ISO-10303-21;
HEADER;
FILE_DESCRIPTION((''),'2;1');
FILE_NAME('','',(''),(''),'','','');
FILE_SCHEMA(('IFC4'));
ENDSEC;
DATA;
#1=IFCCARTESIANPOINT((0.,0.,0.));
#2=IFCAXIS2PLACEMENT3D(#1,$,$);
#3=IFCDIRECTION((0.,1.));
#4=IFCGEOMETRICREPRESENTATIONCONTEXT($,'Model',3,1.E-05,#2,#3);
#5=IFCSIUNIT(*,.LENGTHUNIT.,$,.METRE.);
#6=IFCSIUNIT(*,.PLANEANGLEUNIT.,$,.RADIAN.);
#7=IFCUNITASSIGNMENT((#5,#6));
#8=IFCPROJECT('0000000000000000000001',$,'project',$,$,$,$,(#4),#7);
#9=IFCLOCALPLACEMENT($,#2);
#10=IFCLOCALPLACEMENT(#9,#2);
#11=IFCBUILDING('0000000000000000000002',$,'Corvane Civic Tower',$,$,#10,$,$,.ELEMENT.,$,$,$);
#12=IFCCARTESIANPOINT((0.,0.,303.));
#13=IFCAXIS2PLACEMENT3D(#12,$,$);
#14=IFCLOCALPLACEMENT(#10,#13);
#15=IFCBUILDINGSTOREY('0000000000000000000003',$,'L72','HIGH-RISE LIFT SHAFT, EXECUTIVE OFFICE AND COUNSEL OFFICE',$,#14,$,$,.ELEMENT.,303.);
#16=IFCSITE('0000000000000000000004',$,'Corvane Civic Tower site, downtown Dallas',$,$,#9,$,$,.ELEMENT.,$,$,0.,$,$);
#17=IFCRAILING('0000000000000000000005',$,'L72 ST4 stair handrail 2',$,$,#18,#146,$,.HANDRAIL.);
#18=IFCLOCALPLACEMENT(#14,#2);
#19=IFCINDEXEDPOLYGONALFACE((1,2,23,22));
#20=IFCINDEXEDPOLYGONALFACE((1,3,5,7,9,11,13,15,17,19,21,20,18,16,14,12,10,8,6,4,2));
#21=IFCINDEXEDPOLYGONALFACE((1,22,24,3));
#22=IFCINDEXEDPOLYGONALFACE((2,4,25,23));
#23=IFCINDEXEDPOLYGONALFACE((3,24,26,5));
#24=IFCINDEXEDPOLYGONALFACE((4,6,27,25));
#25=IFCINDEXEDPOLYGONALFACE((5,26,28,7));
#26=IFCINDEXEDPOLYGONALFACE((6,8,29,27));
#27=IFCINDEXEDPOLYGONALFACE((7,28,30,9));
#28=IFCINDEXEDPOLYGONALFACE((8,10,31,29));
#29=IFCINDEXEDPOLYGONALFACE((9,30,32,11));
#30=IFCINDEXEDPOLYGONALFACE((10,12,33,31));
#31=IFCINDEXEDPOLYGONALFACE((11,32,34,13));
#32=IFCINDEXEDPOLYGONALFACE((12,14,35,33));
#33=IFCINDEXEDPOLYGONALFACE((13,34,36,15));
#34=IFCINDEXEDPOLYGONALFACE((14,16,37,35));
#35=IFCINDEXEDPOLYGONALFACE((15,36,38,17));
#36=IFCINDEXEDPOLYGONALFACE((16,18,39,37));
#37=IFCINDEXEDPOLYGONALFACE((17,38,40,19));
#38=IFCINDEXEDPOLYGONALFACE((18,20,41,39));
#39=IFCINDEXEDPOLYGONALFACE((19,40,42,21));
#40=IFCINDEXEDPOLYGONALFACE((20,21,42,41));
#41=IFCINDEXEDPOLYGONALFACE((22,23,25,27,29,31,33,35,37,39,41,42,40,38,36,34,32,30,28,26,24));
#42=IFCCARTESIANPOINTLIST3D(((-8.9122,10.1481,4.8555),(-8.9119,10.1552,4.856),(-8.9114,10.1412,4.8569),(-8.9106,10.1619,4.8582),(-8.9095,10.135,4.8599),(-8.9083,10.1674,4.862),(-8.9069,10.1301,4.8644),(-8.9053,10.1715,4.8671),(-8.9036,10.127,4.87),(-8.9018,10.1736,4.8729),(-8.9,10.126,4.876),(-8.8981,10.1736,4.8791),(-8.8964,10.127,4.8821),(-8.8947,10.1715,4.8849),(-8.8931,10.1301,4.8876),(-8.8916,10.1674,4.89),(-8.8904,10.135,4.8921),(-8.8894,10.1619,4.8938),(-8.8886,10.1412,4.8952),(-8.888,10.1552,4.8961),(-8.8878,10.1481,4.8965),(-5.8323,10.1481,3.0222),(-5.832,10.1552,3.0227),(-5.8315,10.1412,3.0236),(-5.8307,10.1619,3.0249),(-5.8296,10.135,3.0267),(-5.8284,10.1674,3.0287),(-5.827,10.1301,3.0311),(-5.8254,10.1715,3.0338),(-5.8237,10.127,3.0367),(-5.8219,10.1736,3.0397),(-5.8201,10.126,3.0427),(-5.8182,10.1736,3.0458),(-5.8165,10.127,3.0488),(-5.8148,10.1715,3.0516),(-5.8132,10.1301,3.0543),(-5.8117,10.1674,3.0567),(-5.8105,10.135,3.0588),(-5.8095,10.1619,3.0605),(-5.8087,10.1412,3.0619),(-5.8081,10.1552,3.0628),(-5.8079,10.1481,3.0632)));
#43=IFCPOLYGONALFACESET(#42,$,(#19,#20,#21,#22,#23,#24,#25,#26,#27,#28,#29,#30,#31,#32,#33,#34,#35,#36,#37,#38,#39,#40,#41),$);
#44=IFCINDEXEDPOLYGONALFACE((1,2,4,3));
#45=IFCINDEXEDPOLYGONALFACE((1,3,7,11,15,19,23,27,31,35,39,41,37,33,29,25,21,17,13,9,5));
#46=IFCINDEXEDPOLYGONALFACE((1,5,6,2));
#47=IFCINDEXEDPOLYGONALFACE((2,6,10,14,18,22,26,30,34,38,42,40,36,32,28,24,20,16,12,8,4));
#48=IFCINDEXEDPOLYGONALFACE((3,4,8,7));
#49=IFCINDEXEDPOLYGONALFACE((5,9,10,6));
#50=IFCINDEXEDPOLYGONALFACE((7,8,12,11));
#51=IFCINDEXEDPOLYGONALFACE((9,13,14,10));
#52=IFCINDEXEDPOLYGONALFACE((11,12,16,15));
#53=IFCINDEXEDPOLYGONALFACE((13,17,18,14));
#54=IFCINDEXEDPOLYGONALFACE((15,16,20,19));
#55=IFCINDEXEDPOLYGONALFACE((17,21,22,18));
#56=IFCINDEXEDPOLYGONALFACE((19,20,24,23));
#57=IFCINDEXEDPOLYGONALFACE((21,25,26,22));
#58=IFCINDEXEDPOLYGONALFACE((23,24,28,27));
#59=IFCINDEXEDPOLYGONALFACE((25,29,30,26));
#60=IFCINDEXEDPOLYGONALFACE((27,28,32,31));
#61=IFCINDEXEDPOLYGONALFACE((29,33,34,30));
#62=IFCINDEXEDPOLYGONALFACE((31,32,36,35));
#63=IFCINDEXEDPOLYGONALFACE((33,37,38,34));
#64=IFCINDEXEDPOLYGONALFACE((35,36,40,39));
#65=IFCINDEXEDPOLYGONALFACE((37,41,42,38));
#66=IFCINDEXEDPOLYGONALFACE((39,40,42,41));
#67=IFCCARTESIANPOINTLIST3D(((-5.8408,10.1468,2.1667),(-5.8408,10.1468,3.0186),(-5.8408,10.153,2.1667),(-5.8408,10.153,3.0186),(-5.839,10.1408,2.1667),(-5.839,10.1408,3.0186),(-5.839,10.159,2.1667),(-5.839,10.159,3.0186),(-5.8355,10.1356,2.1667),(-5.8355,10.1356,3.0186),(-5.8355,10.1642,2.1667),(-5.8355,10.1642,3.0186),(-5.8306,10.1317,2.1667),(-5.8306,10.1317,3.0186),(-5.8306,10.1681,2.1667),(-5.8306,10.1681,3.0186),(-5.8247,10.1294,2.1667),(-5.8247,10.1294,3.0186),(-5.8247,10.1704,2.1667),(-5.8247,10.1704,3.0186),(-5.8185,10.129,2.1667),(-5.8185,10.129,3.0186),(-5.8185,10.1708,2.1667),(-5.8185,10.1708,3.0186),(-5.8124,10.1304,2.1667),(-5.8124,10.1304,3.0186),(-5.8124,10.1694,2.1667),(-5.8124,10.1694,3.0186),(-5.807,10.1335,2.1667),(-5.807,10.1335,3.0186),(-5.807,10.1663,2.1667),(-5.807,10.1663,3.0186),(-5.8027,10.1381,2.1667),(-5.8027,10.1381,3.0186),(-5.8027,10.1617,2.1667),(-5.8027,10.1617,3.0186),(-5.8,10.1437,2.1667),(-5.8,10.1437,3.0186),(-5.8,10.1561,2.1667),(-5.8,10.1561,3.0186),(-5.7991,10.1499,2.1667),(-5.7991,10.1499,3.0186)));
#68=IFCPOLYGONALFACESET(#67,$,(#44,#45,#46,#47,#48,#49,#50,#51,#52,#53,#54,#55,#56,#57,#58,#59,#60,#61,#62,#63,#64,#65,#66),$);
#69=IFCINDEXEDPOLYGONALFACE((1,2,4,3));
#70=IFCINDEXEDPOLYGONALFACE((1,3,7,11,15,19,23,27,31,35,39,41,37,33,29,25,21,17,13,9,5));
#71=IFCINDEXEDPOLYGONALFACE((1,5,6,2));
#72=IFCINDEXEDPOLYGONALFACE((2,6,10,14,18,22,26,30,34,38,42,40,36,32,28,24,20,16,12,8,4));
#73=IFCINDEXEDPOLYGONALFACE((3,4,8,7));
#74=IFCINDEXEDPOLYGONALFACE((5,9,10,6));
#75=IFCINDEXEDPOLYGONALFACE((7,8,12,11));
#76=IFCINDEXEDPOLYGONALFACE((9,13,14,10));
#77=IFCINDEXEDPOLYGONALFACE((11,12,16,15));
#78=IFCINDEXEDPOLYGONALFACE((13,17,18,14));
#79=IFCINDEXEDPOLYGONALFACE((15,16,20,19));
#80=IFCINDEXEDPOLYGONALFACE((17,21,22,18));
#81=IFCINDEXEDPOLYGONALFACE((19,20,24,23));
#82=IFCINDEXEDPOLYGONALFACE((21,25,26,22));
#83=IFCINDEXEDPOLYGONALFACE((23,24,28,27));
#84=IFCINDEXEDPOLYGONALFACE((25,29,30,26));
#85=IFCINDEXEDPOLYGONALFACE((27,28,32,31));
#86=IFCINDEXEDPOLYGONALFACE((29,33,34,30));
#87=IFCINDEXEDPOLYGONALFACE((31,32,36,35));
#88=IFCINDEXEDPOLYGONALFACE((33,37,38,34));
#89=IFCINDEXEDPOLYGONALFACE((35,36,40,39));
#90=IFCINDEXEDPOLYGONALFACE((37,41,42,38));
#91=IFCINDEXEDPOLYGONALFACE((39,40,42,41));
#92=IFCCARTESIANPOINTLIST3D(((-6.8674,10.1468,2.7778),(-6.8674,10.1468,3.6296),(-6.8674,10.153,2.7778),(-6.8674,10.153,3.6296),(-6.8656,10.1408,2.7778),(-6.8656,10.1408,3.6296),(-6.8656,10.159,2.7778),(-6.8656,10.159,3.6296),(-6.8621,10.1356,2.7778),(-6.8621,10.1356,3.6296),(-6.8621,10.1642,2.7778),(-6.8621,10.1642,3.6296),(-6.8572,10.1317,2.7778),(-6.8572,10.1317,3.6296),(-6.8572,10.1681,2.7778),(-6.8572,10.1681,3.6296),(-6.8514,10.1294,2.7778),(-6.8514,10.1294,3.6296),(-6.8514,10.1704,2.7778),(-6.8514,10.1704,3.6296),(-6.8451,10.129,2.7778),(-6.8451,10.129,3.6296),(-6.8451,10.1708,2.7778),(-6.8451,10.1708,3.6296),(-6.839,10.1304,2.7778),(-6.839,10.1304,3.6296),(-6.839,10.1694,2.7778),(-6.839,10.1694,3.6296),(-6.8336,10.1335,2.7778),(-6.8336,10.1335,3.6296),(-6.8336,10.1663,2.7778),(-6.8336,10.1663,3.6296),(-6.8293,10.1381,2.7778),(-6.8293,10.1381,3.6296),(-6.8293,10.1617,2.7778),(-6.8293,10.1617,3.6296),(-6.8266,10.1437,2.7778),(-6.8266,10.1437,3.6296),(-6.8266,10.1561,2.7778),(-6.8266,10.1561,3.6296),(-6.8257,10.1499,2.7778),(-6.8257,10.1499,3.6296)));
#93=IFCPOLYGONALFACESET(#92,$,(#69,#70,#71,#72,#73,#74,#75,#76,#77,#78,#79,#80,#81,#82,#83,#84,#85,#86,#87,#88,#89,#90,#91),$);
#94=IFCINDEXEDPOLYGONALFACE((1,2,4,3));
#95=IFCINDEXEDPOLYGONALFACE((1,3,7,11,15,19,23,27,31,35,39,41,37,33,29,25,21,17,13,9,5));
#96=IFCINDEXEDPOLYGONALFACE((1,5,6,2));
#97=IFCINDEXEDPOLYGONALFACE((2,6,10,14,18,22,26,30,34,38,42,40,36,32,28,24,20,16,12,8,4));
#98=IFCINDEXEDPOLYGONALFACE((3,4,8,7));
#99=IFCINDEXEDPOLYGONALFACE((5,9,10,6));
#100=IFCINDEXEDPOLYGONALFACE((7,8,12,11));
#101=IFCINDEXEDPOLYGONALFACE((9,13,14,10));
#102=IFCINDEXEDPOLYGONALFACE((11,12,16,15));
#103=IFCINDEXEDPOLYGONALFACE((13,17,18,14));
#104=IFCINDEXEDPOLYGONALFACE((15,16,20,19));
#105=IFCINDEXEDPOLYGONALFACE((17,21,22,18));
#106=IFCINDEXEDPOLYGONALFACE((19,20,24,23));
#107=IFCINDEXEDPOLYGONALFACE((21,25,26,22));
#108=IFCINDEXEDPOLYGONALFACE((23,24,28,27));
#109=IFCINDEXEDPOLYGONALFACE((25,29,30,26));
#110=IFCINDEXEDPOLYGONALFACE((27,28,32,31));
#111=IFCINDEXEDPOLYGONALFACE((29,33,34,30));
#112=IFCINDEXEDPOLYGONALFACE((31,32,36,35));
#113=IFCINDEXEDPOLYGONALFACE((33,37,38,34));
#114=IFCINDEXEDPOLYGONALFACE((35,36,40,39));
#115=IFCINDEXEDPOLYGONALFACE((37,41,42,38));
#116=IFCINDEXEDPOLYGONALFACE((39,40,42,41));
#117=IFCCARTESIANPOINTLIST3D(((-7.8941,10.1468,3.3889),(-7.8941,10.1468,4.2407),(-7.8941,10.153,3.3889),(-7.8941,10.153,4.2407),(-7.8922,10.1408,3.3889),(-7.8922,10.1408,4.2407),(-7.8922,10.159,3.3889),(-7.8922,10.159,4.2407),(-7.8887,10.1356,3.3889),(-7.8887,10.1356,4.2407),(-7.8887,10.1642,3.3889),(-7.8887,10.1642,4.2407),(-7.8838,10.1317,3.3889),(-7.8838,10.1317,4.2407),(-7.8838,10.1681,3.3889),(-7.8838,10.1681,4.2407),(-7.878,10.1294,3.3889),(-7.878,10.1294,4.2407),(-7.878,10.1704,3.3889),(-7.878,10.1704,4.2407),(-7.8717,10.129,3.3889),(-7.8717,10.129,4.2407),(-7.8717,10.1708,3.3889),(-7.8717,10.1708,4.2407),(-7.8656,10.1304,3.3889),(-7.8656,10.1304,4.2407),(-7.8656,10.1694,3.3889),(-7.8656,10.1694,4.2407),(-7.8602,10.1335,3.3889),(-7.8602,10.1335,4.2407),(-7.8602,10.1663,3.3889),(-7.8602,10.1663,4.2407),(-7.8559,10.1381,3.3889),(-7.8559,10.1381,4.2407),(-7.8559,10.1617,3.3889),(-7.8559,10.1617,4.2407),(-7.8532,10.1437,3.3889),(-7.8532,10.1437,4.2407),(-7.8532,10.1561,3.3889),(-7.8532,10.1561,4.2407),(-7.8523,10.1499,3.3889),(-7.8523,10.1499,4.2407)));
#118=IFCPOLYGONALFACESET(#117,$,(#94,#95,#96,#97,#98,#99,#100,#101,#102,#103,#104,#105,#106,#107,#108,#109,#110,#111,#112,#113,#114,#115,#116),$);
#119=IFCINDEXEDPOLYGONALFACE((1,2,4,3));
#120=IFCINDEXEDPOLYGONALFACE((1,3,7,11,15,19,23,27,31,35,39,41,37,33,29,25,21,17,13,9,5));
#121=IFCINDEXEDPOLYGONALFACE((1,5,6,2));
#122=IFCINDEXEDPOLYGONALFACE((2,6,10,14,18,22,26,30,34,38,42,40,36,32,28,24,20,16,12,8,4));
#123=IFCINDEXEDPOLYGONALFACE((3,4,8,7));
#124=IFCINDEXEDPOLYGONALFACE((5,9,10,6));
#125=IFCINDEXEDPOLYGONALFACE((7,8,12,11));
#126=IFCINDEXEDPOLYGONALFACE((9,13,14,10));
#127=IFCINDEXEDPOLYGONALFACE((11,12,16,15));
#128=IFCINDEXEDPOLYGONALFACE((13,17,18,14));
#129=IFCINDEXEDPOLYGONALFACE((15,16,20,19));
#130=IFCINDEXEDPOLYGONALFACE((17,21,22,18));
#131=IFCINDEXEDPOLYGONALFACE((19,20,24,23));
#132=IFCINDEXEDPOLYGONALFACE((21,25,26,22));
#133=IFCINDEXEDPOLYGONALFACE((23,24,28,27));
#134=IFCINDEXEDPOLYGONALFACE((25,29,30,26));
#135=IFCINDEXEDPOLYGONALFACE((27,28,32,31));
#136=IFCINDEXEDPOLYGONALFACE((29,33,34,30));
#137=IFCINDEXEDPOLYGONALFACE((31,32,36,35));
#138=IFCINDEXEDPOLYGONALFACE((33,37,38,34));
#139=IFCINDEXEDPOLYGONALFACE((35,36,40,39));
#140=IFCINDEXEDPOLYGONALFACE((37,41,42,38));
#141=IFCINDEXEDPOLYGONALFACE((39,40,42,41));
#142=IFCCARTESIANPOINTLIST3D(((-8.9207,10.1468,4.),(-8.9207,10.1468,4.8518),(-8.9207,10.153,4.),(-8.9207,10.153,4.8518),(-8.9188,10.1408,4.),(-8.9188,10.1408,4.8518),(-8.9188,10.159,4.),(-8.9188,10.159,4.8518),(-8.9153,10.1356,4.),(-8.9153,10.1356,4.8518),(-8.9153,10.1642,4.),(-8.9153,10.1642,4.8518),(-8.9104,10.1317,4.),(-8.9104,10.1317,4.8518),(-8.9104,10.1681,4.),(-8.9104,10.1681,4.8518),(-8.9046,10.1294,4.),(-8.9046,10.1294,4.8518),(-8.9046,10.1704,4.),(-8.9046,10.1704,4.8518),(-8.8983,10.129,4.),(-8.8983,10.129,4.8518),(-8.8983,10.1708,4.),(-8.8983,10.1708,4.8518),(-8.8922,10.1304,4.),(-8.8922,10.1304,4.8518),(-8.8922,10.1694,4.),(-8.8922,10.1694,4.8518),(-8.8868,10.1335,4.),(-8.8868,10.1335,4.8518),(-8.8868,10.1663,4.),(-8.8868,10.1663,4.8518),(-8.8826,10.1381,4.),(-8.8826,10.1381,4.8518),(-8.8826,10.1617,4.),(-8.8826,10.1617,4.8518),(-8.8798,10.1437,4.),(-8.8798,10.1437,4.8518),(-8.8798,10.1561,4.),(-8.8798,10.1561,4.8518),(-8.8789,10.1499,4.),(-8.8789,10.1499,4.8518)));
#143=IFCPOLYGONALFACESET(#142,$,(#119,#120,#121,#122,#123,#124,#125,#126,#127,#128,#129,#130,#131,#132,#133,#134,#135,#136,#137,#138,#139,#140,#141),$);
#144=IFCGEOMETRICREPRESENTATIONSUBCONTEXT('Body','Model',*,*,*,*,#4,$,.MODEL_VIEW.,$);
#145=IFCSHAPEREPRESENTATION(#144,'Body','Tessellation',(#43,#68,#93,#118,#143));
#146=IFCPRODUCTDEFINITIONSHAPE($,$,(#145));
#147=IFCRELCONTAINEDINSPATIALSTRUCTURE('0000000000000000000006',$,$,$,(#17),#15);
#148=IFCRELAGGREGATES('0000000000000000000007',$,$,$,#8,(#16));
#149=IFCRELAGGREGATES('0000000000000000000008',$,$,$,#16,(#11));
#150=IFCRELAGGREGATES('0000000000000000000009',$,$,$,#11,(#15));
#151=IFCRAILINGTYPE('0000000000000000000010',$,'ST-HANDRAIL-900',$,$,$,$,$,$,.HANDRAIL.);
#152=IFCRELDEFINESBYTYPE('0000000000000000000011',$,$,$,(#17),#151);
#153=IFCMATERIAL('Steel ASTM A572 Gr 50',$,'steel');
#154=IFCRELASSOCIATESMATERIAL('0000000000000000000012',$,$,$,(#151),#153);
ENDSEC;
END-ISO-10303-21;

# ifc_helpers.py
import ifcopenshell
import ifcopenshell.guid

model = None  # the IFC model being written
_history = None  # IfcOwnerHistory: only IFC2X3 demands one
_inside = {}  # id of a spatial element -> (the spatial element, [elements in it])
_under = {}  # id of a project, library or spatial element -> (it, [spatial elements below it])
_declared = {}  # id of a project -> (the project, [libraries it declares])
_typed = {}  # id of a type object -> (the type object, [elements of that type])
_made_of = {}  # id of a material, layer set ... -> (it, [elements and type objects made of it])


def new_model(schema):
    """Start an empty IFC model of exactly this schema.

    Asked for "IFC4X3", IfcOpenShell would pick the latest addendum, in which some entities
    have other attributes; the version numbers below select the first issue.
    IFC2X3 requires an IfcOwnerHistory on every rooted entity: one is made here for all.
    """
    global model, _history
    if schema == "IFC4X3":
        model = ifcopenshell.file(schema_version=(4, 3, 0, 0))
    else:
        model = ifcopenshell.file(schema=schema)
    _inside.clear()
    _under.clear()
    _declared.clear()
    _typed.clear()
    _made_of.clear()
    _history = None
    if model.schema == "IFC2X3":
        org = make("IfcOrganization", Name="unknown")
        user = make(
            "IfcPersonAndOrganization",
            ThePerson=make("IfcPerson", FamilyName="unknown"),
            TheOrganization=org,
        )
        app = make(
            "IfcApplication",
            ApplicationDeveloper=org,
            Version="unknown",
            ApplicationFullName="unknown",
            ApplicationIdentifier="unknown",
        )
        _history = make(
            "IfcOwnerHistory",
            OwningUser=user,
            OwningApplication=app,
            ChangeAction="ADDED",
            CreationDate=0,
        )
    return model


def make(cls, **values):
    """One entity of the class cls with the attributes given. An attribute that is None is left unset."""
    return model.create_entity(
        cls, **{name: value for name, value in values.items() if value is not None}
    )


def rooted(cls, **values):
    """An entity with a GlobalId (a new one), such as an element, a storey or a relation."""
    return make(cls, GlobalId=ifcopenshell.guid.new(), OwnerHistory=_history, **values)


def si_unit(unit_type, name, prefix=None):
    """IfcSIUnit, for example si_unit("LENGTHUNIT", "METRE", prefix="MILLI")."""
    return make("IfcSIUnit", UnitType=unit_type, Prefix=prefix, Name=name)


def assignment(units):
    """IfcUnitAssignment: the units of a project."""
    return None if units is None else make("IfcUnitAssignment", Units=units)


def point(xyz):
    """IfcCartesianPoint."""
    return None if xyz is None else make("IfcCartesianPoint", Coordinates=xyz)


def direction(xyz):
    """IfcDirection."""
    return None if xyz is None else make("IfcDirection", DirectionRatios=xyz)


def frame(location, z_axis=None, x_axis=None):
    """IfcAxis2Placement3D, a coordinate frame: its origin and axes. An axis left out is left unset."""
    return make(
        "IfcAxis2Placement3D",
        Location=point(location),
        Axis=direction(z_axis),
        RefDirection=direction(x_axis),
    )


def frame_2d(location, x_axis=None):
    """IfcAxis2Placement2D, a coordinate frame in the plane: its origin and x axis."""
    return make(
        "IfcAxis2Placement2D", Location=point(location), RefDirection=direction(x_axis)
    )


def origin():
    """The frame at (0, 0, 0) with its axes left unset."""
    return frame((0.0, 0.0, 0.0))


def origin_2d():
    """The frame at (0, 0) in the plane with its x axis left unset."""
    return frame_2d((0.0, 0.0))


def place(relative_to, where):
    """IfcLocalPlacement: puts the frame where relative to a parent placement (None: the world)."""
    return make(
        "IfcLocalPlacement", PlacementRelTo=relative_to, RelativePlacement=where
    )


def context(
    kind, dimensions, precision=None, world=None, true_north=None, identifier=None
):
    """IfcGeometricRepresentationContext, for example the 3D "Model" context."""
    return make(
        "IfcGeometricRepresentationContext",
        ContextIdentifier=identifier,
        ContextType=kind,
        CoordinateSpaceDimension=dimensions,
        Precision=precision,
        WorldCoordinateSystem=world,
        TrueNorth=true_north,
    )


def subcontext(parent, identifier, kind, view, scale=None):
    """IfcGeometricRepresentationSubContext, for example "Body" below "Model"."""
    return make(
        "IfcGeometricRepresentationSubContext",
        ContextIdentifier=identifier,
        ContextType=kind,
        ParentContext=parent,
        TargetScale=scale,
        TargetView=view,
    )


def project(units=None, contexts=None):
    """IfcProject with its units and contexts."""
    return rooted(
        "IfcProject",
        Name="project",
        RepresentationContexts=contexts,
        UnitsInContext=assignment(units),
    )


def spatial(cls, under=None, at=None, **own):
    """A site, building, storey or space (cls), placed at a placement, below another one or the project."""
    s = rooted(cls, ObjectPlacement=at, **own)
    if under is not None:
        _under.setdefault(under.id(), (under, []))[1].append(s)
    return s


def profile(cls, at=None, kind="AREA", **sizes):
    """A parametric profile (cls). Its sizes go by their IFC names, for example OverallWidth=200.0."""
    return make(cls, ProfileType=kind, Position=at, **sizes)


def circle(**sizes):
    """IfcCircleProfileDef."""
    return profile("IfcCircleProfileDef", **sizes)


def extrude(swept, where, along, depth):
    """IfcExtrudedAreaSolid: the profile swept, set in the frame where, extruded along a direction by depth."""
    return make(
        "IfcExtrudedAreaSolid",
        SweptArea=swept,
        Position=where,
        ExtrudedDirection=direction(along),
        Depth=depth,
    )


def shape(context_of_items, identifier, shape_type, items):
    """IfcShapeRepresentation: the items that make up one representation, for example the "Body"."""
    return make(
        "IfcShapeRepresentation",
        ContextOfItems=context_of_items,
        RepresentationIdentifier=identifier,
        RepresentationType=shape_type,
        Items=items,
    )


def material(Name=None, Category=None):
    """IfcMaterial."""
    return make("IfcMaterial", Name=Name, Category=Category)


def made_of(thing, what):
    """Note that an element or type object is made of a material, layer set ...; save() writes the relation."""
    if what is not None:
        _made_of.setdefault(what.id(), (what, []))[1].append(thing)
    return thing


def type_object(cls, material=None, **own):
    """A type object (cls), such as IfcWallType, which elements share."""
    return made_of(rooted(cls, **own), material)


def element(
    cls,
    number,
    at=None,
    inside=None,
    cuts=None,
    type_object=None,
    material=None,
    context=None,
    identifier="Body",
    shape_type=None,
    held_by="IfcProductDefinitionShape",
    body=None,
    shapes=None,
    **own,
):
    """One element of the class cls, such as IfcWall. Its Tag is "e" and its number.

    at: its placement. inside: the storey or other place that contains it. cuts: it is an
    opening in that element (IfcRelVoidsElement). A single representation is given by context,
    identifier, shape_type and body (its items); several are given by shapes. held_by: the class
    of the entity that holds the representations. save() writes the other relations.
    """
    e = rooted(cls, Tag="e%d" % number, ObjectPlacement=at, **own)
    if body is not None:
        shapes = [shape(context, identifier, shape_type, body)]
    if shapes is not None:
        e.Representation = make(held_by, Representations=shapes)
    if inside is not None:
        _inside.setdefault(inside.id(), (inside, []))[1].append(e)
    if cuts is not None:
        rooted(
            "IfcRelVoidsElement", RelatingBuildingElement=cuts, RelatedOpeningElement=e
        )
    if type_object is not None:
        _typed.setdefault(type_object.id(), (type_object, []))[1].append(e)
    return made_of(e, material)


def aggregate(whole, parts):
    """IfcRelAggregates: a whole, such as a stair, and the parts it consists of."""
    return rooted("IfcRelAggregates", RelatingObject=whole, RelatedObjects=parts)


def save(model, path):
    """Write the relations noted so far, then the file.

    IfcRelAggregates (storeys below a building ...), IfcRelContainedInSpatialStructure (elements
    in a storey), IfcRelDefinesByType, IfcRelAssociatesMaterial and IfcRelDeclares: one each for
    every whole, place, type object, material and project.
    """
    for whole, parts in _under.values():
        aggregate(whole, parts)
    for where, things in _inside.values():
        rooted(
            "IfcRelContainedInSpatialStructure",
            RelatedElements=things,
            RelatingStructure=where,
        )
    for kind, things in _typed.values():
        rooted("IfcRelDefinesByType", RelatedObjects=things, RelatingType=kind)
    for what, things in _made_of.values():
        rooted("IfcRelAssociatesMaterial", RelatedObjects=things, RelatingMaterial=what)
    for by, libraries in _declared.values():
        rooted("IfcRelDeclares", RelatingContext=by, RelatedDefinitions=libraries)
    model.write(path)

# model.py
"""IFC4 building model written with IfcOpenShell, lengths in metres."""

from ifc_helpers import new_model, si_unit, direction, frame, origin, origin_2d, place, context, subcontext, project, spatial, circle, extrude, material, type_object, element, save


model = new_model("IFC4")

# Units and contexts
model_context = context("Model", 3, precision=1e-05, world=origin(), true_north=direction((0.0, 1.0)))
body_context = subcontext(model_context, "Body", "Model", "MODEL_VIEW")
ifc_project = project(units=[si_unit("LENGTHUNIT", "METRE"), si_unit("PLANEANGLEUNIT", "RADIAN")], contexts=[model_context])

# Site, building, storey
site_placement = place(None, origin())
site = spatial("IfcSite", under=ifc_project, at=site_placement, Name="Corvane Civic Tower site, downtown Dallas", CompositionType="ELEMENT", RefElevation=0.0)
building_placement = place(site_placement, origin())
building = spatial("IfcBuilding", under=site, at=building_placement, Name="Corvane Civic Tower", CompositionType="ELEMENT")
storey_placement = place(building_placement, frame((0.0, 0.0, 303.0)))
storey = spatial("IfcBuildingStorey", under=building, at=storey_placement, Name="L72", Description="HIGH-RISE LIFT SHAFT, EXECUTIVE OFFICE AND COUNSEL OFFICE", CompositionType="ELEMENT", Elevation=303.0)

# Railing
ifc_material_1 = material(Name="Steel ASTM A572 Gr 50", Category="steel")
railing_type_1 = type_object("IfcRailingType", Name="ST-HANDRAIL-900", PredefinedType="HANDRAIL", material=ifc_material_1)
railing_1_placement = place(storey_placement, frame((-5.8201, 10.1499, 2.1667)))
element("IfcRailing", 1, at=railing_1_placement, inside=storey, type_object=railing_type_1, Name="L72 ST4 stair handrail 2", PredefinedType="HANDRAIL", context=body_context, shape_type="SweptSolid", body=[
    extrude(circle(Radius=0.0239, at=origin_2d()), frame((0.0, 0.0, 0.876), z_axis=(-0.859291, 0.0, 0.511487), x_axis=(0.0, -1.0, 0.0)), (0.0, 0.0, 1.0), 3.5842),
    extrude(circle(Radius=0.021, at=origin_2d()), origin(), (0.0, 0.0, 1.0), 0.8518),
    extrude(circle(Radius=0.021, at=origin_2d()), frame((-1.0266, 0.0, 0.6111)), (0.0, 0.0, 1.0), 0.8518),
    extrude(circle(Radius=0.021, at=origin_2d()), frame((-2.0532, 0.0, 1.2222)), (0.0, 0.0, 1.0), 0.8518),
    extrude(circle(Radius=0.021, at=origin_2d()), frame((-3.0798, 0.0, 1.8333)), (0.0, 0.0, 1.0), 0.8518),
])

save(model, "model.ifc")
